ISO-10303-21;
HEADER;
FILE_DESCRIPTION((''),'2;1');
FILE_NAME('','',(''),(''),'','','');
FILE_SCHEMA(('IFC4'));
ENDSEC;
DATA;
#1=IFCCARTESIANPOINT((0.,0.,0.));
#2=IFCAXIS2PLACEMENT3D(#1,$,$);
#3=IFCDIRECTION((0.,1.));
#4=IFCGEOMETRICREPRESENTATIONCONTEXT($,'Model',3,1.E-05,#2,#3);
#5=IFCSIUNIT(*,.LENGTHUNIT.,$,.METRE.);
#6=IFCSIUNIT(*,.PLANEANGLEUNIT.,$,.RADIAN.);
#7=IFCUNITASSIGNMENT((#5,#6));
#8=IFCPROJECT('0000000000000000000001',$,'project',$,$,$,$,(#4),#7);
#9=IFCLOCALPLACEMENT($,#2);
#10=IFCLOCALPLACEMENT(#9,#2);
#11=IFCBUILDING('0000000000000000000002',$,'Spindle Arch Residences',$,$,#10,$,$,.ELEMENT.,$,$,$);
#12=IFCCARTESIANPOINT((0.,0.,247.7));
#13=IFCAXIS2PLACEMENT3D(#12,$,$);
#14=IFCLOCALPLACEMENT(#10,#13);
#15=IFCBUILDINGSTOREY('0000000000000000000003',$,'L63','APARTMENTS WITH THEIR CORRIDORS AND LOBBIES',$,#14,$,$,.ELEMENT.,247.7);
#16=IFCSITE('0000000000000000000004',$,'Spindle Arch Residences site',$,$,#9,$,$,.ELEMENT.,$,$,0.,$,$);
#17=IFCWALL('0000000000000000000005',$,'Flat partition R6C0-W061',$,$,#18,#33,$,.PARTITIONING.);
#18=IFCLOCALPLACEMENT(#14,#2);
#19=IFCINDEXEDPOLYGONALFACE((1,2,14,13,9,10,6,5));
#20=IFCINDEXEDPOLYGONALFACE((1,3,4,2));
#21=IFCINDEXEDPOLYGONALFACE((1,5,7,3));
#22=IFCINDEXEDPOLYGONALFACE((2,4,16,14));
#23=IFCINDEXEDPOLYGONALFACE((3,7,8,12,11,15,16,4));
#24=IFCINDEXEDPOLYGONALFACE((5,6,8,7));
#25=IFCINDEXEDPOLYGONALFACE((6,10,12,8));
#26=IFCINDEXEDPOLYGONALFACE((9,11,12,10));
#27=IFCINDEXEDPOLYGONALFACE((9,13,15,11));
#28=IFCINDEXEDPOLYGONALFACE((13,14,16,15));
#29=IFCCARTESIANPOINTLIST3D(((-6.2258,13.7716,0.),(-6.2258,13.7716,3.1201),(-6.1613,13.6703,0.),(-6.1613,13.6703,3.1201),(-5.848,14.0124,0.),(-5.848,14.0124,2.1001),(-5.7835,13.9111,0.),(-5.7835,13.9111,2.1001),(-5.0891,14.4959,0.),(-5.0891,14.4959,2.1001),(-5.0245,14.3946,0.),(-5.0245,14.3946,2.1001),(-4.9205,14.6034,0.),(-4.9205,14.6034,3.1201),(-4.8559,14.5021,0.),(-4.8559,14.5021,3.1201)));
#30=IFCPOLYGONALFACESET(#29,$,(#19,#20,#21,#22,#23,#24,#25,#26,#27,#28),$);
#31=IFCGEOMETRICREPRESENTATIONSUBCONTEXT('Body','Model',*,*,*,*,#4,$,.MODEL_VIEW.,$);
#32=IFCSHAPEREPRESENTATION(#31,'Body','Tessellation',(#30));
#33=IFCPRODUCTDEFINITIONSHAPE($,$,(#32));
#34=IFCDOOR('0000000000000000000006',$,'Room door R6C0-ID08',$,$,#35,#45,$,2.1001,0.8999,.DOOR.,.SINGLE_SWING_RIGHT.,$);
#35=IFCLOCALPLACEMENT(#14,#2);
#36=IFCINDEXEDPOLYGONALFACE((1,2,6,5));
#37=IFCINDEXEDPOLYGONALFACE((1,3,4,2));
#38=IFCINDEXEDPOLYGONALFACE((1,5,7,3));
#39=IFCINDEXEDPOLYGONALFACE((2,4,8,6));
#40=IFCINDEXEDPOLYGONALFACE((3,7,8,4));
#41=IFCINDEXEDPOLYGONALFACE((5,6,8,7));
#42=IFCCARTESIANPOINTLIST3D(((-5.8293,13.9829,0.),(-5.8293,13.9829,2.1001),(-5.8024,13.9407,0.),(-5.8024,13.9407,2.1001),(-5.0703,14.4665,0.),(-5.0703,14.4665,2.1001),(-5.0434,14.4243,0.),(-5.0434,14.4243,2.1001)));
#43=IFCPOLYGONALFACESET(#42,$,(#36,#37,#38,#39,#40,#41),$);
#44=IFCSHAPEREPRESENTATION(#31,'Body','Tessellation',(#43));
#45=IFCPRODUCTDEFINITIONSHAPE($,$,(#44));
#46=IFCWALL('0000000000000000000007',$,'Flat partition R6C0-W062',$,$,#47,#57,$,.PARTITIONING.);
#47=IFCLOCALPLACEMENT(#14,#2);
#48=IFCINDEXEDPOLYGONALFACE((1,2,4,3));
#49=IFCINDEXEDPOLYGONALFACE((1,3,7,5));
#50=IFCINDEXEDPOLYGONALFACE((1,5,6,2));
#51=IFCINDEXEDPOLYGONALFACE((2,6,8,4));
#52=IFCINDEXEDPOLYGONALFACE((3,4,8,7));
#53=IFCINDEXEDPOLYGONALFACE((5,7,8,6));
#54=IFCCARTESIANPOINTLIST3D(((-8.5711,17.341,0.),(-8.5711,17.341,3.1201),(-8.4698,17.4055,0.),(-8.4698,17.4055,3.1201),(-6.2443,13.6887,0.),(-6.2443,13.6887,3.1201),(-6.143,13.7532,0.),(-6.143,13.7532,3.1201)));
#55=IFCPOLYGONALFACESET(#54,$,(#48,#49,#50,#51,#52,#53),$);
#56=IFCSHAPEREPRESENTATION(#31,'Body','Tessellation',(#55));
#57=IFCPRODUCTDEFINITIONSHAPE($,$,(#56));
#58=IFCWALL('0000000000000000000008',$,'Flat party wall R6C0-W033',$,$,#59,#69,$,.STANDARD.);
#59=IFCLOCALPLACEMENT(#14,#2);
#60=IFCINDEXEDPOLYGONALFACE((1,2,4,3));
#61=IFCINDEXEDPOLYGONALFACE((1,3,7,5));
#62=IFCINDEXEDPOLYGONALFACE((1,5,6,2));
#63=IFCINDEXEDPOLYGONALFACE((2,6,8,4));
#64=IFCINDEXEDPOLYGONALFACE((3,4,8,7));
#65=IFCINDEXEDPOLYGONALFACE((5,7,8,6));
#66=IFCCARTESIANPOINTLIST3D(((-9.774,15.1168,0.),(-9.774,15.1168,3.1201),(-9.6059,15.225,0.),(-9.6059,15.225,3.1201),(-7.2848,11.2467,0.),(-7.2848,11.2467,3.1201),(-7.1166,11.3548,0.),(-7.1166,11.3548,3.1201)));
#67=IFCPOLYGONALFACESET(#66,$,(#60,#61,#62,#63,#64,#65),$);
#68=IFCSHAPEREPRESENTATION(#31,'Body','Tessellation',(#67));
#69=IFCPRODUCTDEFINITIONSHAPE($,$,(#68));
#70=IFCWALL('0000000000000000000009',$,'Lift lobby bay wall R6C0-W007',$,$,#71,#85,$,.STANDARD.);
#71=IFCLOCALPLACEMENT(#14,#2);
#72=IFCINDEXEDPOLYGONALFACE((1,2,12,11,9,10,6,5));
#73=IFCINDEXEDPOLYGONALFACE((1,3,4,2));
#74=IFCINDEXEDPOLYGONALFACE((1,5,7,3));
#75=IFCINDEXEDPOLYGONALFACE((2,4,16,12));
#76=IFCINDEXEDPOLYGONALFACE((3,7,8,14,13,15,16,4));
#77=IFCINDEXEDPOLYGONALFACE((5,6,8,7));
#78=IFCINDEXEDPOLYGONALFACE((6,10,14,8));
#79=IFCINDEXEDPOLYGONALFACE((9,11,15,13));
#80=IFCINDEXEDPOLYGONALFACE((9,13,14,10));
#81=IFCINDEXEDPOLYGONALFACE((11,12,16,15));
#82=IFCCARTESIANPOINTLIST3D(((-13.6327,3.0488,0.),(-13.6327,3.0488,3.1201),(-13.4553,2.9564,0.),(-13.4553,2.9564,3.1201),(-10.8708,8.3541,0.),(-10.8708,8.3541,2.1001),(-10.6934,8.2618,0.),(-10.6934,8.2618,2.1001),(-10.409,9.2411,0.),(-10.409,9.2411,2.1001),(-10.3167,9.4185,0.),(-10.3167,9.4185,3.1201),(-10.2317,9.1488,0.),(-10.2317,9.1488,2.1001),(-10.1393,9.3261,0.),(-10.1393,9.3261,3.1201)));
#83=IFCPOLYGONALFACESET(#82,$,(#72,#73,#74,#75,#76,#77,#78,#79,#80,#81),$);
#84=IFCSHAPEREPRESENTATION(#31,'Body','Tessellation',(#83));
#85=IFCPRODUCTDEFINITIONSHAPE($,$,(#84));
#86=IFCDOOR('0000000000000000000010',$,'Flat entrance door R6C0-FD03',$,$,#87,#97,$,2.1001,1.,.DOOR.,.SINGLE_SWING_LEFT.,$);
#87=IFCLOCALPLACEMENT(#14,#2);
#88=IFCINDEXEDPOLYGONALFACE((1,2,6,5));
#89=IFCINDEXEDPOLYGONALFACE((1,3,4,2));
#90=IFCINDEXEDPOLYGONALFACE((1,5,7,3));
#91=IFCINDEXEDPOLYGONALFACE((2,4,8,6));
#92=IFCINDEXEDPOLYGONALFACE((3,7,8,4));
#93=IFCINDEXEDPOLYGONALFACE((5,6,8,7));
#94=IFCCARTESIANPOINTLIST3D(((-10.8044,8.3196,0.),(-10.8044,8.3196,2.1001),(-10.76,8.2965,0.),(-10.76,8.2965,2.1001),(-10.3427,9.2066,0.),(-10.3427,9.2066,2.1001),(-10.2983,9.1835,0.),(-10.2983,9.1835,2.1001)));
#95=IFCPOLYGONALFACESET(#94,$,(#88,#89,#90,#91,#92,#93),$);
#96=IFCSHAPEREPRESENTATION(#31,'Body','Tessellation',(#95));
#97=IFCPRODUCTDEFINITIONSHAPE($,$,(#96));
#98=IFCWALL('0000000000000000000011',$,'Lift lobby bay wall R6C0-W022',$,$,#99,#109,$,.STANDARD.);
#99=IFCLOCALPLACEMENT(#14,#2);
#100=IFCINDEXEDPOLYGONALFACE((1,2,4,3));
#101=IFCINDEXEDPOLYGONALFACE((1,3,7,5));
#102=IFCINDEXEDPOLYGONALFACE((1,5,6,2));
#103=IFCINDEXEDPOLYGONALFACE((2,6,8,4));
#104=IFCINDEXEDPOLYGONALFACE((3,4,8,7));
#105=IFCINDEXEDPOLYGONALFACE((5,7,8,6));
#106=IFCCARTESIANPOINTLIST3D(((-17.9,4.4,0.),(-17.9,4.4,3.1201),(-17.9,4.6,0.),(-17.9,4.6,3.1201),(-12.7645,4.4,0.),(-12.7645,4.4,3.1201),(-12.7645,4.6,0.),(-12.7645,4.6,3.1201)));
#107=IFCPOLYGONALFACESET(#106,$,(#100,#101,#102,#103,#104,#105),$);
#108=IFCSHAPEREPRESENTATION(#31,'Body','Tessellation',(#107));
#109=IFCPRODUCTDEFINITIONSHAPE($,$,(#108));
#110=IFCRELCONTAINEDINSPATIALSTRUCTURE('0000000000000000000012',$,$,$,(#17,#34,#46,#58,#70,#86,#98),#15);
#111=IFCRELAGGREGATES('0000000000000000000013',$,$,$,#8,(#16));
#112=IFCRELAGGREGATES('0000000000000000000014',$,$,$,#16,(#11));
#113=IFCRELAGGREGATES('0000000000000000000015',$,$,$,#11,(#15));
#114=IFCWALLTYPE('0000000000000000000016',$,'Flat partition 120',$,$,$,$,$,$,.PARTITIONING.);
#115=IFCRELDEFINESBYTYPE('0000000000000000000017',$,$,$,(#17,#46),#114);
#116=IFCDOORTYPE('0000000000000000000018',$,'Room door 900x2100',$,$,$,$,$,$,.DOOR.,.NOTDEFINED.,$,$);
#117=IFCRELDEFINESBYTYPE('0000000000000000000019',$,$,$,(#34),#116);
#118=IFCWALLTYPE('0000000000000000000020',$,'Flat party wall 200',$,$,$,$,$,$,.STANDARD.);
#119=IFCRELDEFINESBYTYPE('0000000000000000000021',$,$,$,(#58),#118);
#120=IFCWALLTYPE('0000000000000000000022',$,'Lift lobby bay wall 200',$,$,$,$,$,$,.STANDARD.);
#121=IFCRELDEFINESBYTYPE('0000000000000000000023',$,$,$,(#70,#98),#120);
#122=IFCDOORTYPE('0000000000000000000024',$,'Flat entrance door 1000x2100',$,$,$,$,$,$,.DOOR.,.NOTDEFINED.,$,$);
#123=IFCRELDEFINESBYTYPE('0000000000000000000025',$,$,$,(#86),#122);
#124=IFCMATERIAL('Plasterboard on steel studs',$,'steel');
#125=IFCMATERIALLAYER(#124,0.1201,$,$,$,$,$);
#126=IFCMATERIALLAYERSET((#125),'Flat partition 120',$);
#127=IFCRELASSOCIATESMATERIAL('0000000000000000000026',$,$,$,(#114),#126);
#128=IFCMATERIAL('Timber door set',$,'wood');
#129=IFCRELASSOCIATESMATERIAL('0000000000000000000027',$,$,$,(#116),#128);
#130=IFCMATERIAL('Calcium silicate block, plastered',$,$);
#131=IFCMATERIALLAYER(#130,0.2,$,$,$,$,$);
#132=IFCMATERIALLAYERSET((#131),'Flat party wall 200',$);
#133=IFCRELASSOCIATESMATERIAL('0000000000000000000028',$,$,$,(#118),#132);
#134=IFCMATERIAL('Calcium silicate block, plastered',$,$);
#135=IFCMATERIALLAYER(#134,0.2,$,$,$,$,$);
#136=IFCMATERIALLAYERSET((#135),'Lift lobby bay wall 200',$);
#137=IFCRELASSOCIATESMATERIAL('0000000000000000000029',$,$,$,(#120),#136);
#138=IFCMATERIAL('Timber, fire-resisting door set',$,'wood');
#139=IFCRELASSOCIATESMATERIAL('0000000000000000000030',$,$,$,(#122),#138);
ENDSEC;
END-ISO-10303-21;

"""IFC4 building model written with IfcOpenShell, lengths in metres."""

from ifc_helpers import new_model, si_unit, direction, frame, frame_2d, origin, place, context, subcontext, project, spatial, rectangle, extrude, material, layer, layer_set, type_object, element, fill, save


model = new_model("IFC4")

# Units and contexts
model_context = context("Model", 3, precision=1e-05, world=origin(), true_north=direction((0.0, 1.0)))
body_context = subcontext(model_context, "Body", "Model", "MODEL_VIEW")
ifc_project = project(units=[si_unit("LENGTHUNIT", "METRE"), si_unit("PLANEANGLEUNIT", "RADIAN")], contexts=[model_context])

# Site, building, storey
site_placement = place(None, origin())
site = spatial("IfcSite", under=ifc_project, at=site_placement, Name="Spindle Arch Residences site", CompositionType="ELEMENT", RefElevation=0.0)
building_placement = place(site_placement, origin())
building = spatial("IfcBuilding", under=site, at=building_placement, Name="Spindle Arch Residences", CompositionType="ELEMENT")
storey_placement = place(building_placement, frame((0.0, 0.0, 247.7)))
storey = spatial("IfcBuildingStorey", under=building, at=storey_placement, Name="L63", Description="APARTMENTS WITH THEIR CORRIDORS AND LOBBIES", CompositionType="ELEMENT", Elevation=247.7)

# Wall, opening, door
ifc_material_1 = material(Name="Plasterboard on steel studs", Category="steel")
ifc_layer_1 = layer(ifc_material_1, 0.1201)
ifc_layer_set_1 = layer_set([ifc_layer_1], Name="Flat partition 120")
wall_type_1 = type_object("IfcWallType", Name="Flat partition 120", PredefinedType="PARTITIONING", material=ifc_layer_set_1)
wall_1_placement = place(storey_placement, frame((-4.8882, 14.5527, 0.0), z_axis=(0.0, 0.0, 1.0), x_axis=(-0.84335, -0.537365, 0.0)))
wall_1 = element("IfcWall", 1, at=wall_1_placement, inside=storey, type_object=wall_type_1, Name="Flat partition R6C0-W061", PredefinedType="PARTITIONING", context=body_context, shape_type="SweptSolid", body=[
    extrude(rectangle(XDim=1.5479, YDim=0.1201, at=frame_2d((0.7739, 0.0))), origin(), (0.0, 0.0, 1.0), 3.1201),
])
opening_1_placement = place(wall_1_placement, frame((0.2, 0.0, 0.0)))
opening_1 = element("IfcOpeningElement", 2, at=opening_1_placement, cuts=wall_1, PredefinedType="OPENING", context=body_context, shape_type="SweptSolid", body=[
    extrude(rectangle(XDim=0.8999, YDim=2.1001, at=frame_2d((0.45, 1.05))), frame((0.0, 0.0701, 0.0), z_axis=(0.0, -1.0, 0.0), x_axis=(1.0, 0.0, 0.0)), (0.0, 0.0, 1.0), 0.1401),
])
ifc_material_2 = material(Name="Timber door set", Category="wood")
door_type_1 = type_object("IfcDoorType", Name="Room door 900x2100", OperationType="NOTDEFINED", PredefinedType="DOOR", material=ifc_material_2)
door_1_placement = place(opening_1_placement, origin())
door_1 = element("IfcDoor", 3, at=door_1_placement, inside=storey, type_object=door_type_1, Name="Room door R6C0-ID08", OperationType="SINGLE_SWING_RIGHT", OverallHeight=2.1001, OverallWidth=0.8999, PredefinedType="DOOR", context=body_context, shape_type="SweptSolid", body=[
    extrude(rectangle(XDim=0.8999, YDim=2.1001, at=frame_2d((0.45, 1.05))), frame((0.0, 0.0249, 0.0), z_axis=(0.0, -1.0, 0.0), x_axis=(1.0, 0.0, 0.0)), (0.0, 0.0, 1.0), 0.05),
])
fill(opening_1, door_1)

# Walls
wall_2_placement = place(storey_placement, frame((-6.1936, 13.7209, 0.0), z_axis=(0.0, 0.0, 1.0), x_axis=(-0.537317, 0.84338, 0.0)))
element("IfcWall", 4, at=wall_2_placement, inside=storey, type_object=wall_type_1, Name="Flat partition R6C0-W062", PredefinedType="PARTITIONING", context=body_context, shape_type="SweptSolid", body=[
    extrude(rectangle(XDim=4.3306, YDim=0.1201, at=frame_2d((2.1653, 0.0))), origin(), (0.0, 0.0, 1.0), 3.1201),
])
ifc_material_3 = material(Name="Calcium silicate block, plastered")
ifc_layer_2 = layer(ifc_material_3, 0.2)
ifc_layer_set_2 = layer_set([ifc_layer_2], Name="Flat party wall 200")
wall_type_2 = type_object("IfcWallType", Name="Flat party wall 200", PredefinedType="STANDARD", material=ifc_layer_set_2)
wall_3_placement = place(storey_placement, frame((-9.6899, 15.1709, 0.0), z_axis=(0.0, 0.0, 1.0), x_axis=(0.540961, -0.841047, 0.0)))
element("IfcWall", 5, at=wall_3_placement, inside=storey, type_object=wall_type_2, Name="Flat party wall R6C0-W033", PredefinedType="STANDARD", context=body_context, shape_type="SweptSolid", body=[
    extrude(rectangle(XDim=4.6016, YDim=0.2, at=frame_2d((2.3008, 0.0))), origin(), (0.0, 0.0, 1.0), 3.1201),
])

# Wall, opening, door
ifc_material_4 = material(Name="Calcium silicate block, plastered")
ifc_layer_3 = layer(ifc_material_4, 0.2)
ifc_layer_set_3 = layer_set([ifc_layer_3], Name="Lift lobby bay wall 200")
wall_type_3 = type_object("IfcWallType", Name="Lift lobby bay wall 200", PredefinedType="STANDARD", material=ifc_layer_set_3)
wall_4_placement = place(storey_placement, frame((-10.228, 9.3723, 0.0), z_axis=(0.0, 0.0, 1.0), x_axis=(-0.461759, -0.887005, 0.0)))
wall_4 = element("IfcWall", 6, at=wall_4_placement, inside=storey, type_object=wall_type_3, Name="Lift lobby bay wall R6C0-W007", PredefinedType="STANDARD", context=body_context, shape_type="SweptSolid", body=[
    extrude(rectangle(XDim=7.1812, YDim=0.2, at=frame_2d((3.5906, 0.0))), origin(), (0.0, 0.0, 1.0), 3.1201),
])
opening_2_placement = place(wall_4_placement, frame((0.2, 0.0, 0.0)))
opening_2 = element("IfcOpeningElement", 7, at=opening_2_placement, cuts=wall_4, PredefinedType="OPENING", context=body_context, shape_type="SweptSolid", body=[
    extrude(rectangle(XDim=1.0, YDim=2.1001, at=frame_2d((0.5, 1.05))), frame((0.0, 0.1099, 0.0), z_axis=(0.0, -1.0, 0.0), x_axis=(1.0, 0.0, 0.0)), (0.0, 0.0, 1.0), 0.22),
])
ifc_material_5 = material(Name="Timber, fire-resisting door set", Category="wood")
door_type_2 = type_object("IfcDoorType", Name="Flat entrance door 1000x2100", OperationType="NOTDEFINED", PredefinedType="DOOR", material=ifc_material_5)
door_2_placement = place(opening_2_placement, origin())
door_2 = element("IfcDoor", 8, at=door_2_placement, inside=storey, type_object=door_type_2, Name="Flat entrance door R6C0-FD03", OperationType="SINGLE_SWING_LEFT", OverallHeight=2.1001, OverallWidth=1.0, PredefinedType="DOOR", context=body_context, shape_type="SweptSolid", body=[
    extrude(rectangle(XDim=1.0, YDim=2.1001, at=frame_2d((0.5, 1.05))), frame((0.0, 0.0249, 0.0), z_axis=(0.0, -1.0, 0.0), x_axis=(1.0, 0.0, 0.0)), (0.0, 0.0, 1.0), 0.05),
])
fill(opening_2, door_2)

# Wall
wall_5_placement = place(storey_placement, frame((-12.7644, 4.5, 0.0), z_axis=(0.0, 0.0, 1.0), x_axis=(-1.0, 0.0, 0.0)))
element("IfcWall", 9, at=wall_5_placement, inside=storey, type_object=wall_type_3, Name="Lift lobby bay wall R6C0-W022", PredefinedType="STANDARD", context=body_context, shape_type="SweptSolid", body=[
    extrude(rectangle(XDim=5.1355, YDim=0.2, at=frame_2d((2.5679, 0.0))), origin(), (0.0, 0.0, 1.0), 3.1201),
])

save(model, "model.ifc")
